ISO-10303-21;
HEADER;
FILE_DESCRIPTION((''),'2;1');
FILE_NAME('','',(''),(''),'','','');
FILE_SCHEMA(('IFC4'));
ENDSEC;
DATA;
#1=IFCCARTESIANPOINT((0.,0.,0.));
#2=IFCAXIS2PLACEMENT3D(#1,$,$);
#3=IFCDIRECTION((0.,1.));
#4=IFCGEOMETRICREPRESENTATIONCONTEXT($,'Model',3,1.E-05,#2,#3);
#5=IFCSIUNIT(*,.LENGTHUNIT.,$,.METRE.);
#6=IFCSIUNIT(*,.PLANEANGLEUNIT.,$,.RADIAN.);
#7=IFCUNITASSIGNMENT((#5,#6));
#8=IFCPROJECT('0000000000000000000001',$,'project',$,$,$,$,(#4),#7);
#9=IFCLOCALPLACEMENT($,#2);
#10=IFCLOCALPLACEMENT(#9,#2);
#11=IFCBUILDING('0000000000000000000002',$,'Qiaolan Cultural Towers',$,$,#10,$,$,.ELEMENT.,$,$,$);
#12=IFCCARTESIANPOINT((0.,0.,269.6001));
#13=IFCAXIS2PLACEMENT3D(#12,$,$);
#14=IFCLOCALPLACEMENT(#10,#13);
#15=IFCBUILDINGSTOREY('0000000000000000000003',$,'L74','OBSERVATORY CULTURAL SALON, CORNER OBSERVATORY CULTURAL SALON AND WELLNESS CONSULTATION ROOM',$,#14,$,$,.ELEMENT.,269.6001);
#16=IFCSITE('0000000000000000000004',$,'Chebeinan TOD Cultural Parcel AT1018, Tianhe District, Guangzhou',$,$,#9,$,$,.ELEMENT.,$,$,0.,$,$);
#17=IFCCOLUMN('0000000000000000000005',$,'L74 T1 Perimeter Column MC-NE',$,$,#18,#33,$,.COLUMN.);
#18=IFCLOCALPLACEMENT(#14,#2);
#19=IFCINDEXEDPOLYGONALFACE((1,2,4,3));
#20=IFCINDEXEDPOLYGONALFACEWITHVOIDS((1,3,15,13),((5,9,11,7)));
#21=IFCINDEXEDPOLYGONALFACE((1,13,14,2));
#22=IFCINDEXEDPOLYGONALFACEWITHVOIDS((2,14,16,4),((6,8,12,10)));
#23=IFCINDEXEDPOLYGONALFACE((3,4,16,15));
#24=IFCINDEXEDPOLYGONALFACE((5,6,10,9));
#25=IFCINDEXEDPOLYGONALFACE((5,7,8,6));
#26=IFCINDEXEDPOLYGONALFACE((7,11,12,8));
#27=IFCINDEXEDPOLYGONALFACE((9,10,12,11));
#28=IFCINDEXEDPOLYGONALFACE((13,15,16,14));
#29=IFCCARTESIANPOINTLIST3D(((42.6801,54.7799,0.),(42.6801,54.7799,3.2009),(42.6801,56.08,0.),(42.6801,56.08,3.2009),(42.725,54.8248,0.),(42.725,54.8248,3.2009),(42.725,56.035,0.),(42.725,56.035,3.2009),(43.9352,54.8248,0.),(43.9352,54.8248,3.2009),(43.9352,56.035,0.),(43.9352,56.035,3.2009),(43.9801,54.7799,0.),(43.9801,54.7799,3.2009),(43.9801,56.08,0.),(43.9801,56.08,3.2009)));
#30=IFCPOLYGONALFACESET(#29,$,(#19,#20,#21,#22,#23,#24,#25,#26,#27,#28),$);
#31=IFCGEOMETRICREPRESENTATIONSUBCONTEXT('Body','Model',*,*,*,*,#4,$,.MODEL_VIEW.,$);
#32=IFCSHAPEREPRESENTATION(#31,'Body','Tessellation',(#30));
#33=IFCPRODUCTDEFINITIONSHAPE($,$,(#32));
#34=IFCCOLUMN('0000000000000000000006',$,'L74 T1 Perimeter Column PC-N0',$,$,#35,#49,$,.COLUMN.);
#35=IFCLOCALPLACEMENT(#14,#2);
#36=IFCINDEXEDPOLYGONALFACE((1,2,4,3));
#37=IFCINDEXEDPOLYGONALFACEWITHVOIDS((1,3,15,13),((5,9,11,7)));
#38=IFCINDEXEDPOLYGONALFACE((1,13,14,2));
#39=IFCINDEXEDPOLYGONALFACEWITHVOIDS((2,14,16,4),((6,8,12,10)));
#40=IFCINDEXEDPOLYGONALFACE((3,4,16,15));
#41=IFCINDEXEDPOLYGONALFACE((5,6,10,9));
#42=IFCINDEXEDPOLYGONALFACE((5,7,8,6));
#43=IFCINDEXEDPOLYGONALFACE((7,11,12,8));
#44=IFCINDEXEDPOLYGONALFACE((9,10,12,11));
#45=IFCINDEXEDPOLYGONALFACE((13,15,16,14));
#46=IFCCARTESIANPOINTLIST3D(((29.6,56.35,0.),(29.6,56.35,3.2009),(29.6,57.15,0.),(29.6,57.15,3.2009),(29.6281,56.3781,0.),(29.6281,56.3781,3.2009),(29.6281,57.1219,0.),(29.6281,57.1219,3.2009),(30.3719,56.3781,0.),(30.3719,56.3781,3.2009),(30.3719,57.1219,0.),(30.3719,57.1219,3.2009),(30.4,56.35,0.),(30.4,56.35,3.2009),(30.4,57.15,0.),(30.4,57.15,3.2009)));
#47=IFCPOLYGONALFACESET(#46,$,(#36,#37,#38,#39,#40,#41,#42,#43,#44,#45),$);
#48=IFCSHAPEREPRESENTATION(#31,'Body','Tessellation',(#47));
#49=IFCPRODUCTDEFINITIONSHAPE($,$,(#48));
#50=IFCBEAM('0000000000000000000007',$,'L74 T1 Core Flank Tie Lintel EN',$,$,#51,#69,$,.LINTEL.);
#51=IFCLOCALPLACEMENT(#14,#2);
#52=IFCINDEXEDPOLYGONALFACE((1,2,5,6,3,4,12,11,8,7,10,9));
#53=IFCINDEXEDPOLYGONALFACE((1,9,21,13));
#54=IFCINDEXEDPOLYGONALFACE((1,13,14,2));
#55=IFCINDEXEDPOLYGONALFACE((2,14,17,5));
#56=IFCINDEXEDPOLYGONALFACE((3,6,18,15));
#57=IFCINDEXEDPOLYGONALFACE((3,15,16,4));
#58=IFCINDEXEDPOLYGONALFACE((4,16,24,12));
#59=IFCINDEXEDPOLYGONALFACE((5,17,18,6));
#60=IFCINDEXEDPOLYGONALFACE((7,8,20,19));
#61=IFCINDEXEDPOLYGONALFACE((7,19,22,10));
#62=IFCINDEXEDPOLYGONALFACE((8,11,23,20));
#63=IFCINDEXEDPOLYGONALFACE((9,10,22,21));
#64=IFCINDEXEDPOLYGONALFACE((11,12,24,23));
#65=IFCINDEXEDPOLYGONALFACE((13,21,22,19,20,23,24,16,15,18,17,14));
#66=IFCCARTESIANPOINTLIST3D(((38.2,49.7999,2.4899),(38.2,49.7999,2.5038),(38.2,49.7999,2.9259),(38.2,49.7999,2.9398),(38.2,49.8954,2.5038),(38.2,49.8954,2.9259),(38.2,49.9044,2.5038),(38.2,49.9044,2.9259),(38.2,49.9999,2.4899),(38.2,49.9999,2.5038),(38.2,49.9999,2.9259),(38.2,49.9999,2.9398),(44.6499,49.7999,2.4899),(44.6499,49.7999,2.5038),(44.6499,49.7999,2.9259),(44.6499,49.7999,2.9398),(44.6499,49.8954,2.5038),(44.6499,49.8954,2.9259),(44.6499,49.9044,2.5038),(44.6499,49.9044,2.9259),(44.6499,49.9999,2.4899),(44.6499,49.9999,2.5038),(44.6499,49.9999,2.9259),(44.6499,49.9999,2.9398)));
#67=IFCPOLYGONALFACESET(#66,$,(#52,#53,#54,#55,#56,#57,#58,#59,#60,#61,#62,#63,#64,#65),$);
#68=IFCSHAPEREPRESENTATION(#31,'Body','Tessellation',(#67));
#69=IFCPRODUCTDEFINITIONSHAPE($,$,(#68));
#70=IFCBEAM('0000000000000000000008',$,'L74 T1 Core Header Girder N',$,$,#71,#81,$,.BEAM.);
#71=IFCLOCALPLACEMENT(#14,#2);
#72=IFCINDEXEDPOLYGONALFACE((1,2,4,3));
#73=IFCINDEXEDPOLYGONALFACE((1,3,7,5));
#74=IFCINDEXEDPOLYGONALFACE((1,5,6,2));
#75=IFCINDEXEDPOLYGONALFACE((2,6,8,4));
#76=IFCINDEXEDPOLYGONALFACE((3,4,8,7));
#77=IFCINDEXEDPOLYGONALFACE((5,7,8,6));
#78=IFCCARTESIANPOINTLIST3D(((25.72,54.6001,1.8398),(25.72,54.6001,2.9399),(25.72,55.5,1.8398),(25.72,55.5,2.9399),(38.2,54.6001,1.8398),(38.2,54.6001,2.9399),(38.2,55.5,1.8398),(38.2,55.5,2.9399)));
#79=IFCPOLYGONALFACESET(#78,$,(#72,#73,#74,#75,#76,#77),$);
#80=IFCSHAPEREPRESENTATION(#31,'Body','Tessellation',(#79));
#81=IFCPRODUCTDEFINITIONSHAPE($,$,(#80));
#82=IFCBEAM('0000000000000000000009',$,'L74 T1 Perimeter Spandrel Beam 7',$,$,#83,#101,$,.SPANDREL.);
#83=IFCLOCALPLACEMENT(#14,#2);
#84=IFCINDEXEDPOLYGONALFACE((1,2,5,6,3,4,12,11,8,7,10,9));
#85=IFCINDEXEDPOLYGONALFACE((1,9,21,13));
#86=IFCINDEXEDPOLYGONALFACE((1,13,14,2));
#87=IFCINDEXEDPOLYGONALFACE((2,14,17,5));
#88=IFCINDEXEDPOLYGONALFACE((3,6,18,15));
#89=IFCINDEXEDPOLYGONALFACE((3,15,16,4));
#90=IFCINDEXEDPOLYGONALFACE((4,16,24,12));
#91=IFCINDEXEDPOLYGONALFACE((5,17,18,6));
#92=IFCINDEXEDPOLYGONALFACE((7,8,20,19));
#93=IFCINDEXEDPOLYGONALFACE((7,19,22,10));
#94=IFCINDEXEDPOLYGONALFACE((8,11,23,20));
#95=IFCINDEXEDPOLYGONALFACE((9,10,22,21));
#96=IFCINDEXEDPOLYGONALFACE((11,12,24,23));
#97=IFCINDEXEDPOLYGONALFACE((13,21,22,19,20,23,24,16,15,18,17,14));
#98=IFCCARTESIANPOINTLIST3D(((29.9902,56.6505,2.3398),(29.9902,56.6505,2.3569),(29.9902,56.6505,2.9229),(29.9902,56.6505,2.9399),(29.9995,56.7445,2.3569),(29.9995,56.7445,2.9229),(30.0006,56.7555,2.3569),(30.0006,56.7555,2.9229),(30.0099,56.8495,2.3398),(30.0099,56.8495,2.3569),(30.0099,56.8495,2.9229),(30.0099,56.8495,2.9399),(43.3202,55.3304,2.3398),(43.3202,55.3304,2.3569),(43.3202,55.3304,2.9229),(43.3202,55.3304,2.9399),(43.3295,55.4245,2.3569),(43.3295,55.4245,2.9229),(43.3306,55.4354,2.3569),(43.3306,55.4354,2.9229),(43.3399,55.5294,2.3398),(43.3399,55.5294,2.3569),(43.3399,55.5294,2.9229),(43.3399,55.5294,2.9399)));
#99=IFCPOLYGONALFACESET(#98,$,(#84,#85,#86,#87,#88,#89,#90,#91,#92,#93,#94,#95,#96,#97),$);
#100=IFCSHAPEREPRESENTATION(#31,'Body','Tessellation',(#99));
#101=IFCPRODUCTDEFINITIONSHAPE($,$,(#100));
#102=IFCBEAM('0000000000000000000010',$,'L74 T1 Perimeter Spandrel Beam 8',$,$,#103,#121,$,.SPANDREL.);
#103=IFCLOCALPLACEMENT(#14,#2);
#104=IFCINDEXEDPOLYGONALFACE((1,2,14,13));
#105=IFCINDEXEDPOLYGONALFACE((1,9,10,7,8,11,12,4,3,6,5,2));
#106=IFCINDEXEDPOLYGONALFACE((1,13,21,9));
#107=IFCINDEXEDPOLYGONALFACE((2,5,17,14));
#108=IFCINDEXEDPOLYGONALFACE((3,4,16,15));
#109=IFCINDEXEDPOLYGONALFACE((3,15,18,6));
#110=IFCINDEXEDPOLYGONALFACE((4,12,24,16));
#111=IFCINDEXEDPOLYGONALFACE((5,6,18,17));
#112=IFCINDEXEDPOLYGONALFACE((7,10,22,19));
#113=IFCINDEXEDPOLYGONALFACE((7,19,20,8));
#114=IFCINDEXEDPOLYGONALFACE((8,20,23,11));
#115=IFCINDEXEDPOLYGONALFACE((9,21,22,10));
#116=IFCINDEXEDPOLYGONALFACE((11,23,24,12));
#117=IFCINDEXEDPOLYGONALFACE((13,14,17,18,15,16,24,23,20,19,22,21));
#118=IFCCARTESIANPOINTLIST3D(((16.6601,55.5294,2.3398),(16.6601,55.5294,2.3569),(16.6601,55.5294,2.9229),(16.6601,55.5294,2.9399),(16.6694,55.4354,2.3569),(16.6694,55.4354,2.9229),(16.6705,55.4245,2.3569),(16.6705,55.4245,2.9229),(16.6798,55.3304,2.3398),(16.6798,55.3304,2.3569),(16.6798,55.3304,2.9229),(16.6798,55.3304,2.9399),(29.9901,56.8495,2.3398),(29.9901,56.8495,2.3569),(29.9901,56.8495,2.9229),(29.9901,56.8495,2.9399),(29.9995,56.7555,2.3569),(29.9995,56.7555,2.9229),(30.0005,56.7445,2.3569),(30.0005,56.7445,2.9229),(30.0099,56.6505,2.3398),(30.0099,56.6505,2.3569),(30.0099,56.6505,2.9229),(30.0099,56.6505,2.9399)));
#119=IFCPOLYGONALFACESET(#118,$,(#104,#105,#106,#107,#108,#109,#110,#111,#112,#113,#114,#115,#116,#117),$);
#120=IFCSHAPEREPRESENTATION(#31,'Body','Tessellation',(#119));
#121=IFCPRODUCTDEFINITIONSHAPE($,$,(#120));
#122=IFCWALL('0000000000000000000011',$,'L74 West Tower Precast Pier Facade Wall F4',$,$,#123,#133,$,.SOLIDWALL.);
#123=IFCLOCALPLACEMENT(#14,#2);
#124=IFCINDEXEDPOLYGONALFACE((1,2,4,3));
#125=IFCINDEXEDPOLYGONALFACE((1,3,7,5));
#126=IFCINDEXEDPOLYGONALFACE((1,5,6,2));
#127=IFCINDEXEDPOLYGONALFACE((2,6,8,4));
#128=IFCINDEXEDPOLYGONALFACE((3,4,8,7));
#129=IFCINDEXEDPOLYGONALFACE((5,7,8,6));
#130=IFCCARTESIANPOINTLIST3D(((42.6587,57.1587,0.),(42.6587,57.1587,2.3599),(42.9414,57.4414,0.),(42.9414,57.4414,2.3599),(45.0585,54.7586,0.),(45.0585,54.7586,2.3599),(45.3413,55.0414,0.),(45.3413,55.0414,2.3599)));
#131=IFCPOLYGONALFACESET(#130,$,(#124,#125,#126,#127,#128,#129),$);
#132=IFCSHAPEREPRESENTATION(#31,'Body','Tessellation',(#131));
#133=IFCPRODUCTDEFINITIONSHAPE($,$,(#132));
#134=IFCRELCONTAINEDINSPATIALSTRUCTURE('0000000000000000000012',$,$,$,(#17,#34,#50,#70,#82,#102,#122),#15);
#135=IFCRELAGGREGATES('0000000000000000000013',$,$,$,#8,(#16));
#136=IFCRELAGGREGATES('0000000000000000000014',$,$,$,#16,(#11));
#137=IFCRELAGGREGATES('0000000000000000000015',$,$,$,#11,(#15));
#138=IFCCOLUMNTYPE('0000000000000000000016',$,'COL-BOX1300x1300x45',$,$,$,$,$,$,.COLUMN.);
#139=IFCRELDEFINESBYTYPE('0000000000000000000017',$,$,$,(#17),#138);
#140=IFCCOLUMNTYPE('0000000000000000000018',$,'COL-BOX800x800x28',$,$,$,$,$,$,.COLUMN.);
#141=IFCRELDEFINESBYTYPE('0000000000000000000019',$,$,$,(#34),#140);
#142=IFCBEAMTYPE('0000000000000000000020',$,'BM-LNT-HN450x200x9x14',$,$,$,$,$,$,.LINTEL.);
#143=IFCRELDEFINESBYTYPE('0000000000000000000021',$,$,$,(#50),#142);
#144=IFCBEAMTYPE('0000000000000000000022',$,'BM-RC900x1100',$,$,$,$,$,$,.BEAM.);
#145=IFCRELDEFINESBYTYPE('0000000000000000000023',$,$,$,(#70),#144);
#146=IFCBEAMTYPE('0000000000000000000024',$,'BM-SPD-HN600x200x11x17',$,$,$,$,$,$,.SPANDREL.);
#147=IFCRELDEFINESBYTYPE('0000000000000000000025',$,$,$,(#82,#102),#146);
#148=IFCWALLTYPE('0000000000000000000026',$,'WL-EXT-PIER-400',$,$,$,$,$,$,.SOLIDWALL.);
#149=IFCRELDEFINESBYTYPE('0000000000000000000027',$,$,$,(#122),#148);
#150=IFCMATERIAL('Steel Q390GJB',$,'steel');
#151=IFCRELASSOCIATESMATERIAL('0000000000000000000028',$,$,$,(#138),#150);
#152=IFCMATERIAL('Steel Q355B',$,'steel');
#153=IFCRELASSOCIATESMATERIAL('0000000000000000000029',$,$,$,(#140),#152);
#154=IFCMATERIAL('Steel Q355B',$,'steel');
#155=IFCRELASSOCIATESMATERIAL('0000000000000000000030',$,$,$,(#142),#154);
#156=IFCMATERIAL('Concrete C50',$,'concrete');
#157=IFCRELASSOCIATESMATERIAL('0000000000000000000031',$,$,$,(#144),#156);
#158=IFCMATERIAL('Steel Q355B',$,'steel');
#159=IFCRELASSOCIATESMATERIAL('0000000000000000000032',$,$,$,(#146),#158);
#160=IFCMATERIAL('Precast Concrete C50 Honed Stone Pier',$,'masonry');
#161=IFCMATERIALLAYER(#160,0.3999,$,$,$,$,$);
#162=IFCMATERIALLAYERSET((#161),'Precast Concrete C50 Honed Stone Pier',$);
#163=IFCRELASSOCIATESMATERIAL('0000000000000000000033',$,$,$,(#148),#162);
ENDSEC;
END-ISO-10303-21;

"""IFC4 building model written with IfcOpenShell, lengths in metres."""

from ifc_helpers import new_model, si_unit, direction, frame, frame_2d, origin, origin_2d, place, context, subcontext, project, spatial, rectangle, hollow_rectangle, i_section, extrude, material, layer, layer_set, material_profile, profile_set, type_object, element, save


model = new_model("IFC4")

# Units and contexts
model_context = context("Model", 3, precision=1e-05, world=origin(), true_north=direction((0.0, 1.0)))
body_context = subcontext(model_context, "Body", "Model", "MODEL_VIEW")
ifc_project = project(units=[si_unit("LENGTHUNIT", "METRE"), si_unit("PLANEANGLEUNIT", "RADIAN")], contexts=[model_context])

# Site, building, storey
site_placement = place(None, origin())
site = spatial("IfcSite", under=ifc_project, at=site_placement, Name="Chebeinan TOD Cultural Parcel AT1018, Tianhe District, Guangzhou", CompositionType="ELEMENT", RefElevation=0.0)
building_placement = place(site_placement, origin())
building = spatial("IfcBuilding", under=site, at=building_placement, Name="Qiaolan Cultural Towers", CompositionType="ELEMENT")
storey_placement = place(building_placement, frame((0.0, 0.0, 269.6001)))
storey = spatial("IfcBuildingStorey", under=building, at=storey_placement, Name="L74", Description="OBSERVATORY CULTURAL SALON, CORNER OBSERVATORY CULTURAL SALON AND WELLNESS CONSULTATION ROOM", CompositionType="ELEMENT", Elevation=269.6001)

# Columns
ifc_material_1 = material(Name="Steel Q390GJB", Category="steel")
ifc_material_profile_1 = material_profile(ifc_material_1, hollow_rectangle(XDim=1.3, YDim=1.3, WallThickness=0.0449, at=origin_2d()), Name="BOX1300x1300x45")
ifc_profile_set_1 = profile_set([ifc_material_profile_1], Name="Steel Q390GJB")
column_type_1 = type_object("IfcColumnType", Name="COL-BOX1300x1300x45", PredefinedType="COLUMN", material=ifc_profile_set_1)
column_1_placement = place(storey_placement, frame((43.3301, 55.4299, 0.0), z_axis=(0.0, 0.0, 1.0), x_axis=(1.0, 0.0, 0.0)))
element("IfcColumn", 1, at=column_1_placement, inside=storey, type_object=column_type_1, Name="L74 T1 Perimeter Column MC-NE", PredefinedType="COLUMN", context=body_context, shape_type="SweptSolid", body=[
    extrude(hollow_rectangle(XDim=1.3, YDim=1.3, WallThickness=0.0449, at=origin_2d()), origin(), (0.0, 0.0, 1.0), 3.2009),
])
ifc_material_2 = material(Name="Steel Q355B", Category="steel")
ifc_material_profile_2 = material_profile(ifc_material_2, hollow_rectangle(XDim=0.8, YDim=0.8, WallThickness=0.0281, at=origin_2d()), Name="BOX800x800x28")
ifc_profile_set_2 = profile_set([ifc_material_profile_2], Name="Steel Q355B")
column_type_2 = type_object("IfcColumnType", Name="COL-BOX800x800x28", PredefinedType="COLUMN", material=ifc_profile_set_2)
column_2_placement = place(storey_placement, frame((30.0, 56.75, 0.0), z_axis=(0.0, 0.0, 1.0), x_axis=(1.0, 0.0, 0.0)))
element("IfcColumn", 2, at=column_2_placement, inside=storey, type_object=column_type_2, Name="L74 T1 Perimeter Column PC-N0", PredefinedType="COLUMN", context=body_context, shape_type="SweptSolid", body=[
    extrude(hollow_rectangle(XDim=0.8, YDim=0.8, WallThickness=0.0281, at=origin_2d()), origin(), (0.0, 0.0, 1.0), 3.2009),
])

# Beams
ifc_material_3 = material(Name="Steel Q355B", Category="steel")
ifc_material_profile_3 = material_profile(ifc_material_3, i_section(OverallWidth=0.2, OverallDepth=0.45, WebThickness=0.009, FlangeThickness=0.0139, at=origin_2d()), Name="HN450x200x9x14")
ifc_profile_set_3 = profile_set([ifc_material_profile_3], Name="Steel Q355B")
beam_type_1 = type_object("IfcBeamType", Name="BM-LNT-HN450x200x9x14", PredefinedType="LINTEL", material=ifc_profile_set_3)
beam_1_placement = place(storey_placement, frame((38.2, 49.8999, 2.7148), z_axis=(1.0, 0.0, 0.0), x_axis=(0.0, 1.0, 0.0)))
element("IfcBeam", 3, at=beam_1_placement, inside=storey, type_object=beam_type_1, Name="L74 T1 Core Flank Tie Lintel EN", PredefinedType="LINTEL", context=body_context, shape_type="SweptSolid", body=[
    extrude(i_section(OverallWidth=0.2, OverallDepth=0.45, WebThickness=0.009, FlangeThickness=0.0139, at=origin_2d()), origin(), (0.0, 0.0, 1.0), 6.45),
])
ifc_material_4 = material(Name="Concrete C50", Category="concrete")
ifc_material_profile_4 = material_profile(ifc_material_4, rectangle(XDim=0.8999, YDim=1.1001, at=origin_2d()), Name="RC900x1100")
ifc_profile_set_4 = profile_set([ifc_material_profile_4], Name="Concrete C50")
beam_type_2 = type_object("IfcBeamType", Name="BM-RC900x1100", PredefinedType="BEAM", material=ifc_profile_set_4)
beam_2_placement = place(storey_placement, frame((25.72, 55.05, 2.3899), z_axis=(1.0, 0.0, 0.0), x_axis=(0.0, 1.0, 0.0)))
element("IfcBeam", 4, at=beam_2_placement, inside=storey, type_object=beam_type_2, Name="L74 T1 Core Header Girder N", PredefinedType="BEAM", context=body_context, shape_type="SweptSolid", body=[
    extrude(rectangle(XDim=0.8999, YDim=1.1001, at=origin_2d()), origin(), (0.0, 0.0, 1.0), 12.48),
])
ifc_material_5 = material(Name="Steel Q355B", Category="steel")
ifc_material_profile_5 = material_profile(ifc_material_5, i_section(OverallWidth=0.2, OverallDepth=0.6001, WebThickness=0.011, FlangeThickness=0.0171, at=origin_2d()), Name="HN600x200x11x17")
ifc_profile_set_5 = profile_set([ifc_material_profile_5], Name="Steel Q355B")
beam_type_3 = type_object("IfcBeamType", Name="BM-SPD-HN600x200x11x17", PredefinedType="SPANDREL", material=ifc_profile_set_5)
for number, where, z_axis, x_axis, name in (
    (5, (43.3301, 55.4299, 2.6399), (-0.995132, 0.098547, 0.0), (-0.098547, -0.995132, 0.0), "L74 T1 Perimeter Spandrel Beam 7"),
    (6, (30.0, 56.75, 2.6399), (-0.995132, -0.098547, 0.0), (0.098547, -0.995132, 0.0), "L74 T1 Perimeter Spandrel Beam 8"),
):
    element("IfcBeam", number, at=place(storey_placement, frame(where, z_axis=z_axis, x_axis=x_axis)), inside=storey, type_object=beam_type_3, Name=name, PredefinedType="SPANDREL", context=body_context, shape_type="SweptSolid", body=[
        extrude(i_section(OverallWidth=0.2, OverallDepth=0.6001, WebThickness=0.011, FlangeThickness=0.0171, at=origin_2d()), origin(), (0.0, 0.0, 1.0), 13.3953),
    ])

# Wall
ifc_material_6 = material(Name="Precast Concrete C50 Honed Stone Pier", Category="masonry")
ifc_layer_1 = layer(ifc_material_6, 0.3999)
ifc_layer_set_1 = layer_set([ifc_layer_1], Name="Precast Concrete C50 Honed Stone Pier")
wall_type_1 = type_object("IfcWallType", Name="WL-EXT-PIER-400", PredefinedType="SOLIDWALL", material=ifc_layer_set_1)
wall_1_placement = place(storey_placement, frame((42.8, 57.3, 0.0), z_axis=(0.0, 0.0, 1.0), x_axis=(0.707071, -0.707143, 0.0)))
element("IfcWall", 7, at=wall_1_placement, inside=storey, type_object=wall_type_1, Name="L74 West Tower Precast Pier Facade Wall F4", PredefinedType="SOLIDWALL", context=body_context, shape_type="SweptSolid", body=[
    extrude(rectangle(XDim=3.394, YDim=0.3999, at=frame_2d((1.697, 0.0))), origin(), (0.0, 0.0, 1.0), 2.3599),
])

save(model, "model.ifc")
